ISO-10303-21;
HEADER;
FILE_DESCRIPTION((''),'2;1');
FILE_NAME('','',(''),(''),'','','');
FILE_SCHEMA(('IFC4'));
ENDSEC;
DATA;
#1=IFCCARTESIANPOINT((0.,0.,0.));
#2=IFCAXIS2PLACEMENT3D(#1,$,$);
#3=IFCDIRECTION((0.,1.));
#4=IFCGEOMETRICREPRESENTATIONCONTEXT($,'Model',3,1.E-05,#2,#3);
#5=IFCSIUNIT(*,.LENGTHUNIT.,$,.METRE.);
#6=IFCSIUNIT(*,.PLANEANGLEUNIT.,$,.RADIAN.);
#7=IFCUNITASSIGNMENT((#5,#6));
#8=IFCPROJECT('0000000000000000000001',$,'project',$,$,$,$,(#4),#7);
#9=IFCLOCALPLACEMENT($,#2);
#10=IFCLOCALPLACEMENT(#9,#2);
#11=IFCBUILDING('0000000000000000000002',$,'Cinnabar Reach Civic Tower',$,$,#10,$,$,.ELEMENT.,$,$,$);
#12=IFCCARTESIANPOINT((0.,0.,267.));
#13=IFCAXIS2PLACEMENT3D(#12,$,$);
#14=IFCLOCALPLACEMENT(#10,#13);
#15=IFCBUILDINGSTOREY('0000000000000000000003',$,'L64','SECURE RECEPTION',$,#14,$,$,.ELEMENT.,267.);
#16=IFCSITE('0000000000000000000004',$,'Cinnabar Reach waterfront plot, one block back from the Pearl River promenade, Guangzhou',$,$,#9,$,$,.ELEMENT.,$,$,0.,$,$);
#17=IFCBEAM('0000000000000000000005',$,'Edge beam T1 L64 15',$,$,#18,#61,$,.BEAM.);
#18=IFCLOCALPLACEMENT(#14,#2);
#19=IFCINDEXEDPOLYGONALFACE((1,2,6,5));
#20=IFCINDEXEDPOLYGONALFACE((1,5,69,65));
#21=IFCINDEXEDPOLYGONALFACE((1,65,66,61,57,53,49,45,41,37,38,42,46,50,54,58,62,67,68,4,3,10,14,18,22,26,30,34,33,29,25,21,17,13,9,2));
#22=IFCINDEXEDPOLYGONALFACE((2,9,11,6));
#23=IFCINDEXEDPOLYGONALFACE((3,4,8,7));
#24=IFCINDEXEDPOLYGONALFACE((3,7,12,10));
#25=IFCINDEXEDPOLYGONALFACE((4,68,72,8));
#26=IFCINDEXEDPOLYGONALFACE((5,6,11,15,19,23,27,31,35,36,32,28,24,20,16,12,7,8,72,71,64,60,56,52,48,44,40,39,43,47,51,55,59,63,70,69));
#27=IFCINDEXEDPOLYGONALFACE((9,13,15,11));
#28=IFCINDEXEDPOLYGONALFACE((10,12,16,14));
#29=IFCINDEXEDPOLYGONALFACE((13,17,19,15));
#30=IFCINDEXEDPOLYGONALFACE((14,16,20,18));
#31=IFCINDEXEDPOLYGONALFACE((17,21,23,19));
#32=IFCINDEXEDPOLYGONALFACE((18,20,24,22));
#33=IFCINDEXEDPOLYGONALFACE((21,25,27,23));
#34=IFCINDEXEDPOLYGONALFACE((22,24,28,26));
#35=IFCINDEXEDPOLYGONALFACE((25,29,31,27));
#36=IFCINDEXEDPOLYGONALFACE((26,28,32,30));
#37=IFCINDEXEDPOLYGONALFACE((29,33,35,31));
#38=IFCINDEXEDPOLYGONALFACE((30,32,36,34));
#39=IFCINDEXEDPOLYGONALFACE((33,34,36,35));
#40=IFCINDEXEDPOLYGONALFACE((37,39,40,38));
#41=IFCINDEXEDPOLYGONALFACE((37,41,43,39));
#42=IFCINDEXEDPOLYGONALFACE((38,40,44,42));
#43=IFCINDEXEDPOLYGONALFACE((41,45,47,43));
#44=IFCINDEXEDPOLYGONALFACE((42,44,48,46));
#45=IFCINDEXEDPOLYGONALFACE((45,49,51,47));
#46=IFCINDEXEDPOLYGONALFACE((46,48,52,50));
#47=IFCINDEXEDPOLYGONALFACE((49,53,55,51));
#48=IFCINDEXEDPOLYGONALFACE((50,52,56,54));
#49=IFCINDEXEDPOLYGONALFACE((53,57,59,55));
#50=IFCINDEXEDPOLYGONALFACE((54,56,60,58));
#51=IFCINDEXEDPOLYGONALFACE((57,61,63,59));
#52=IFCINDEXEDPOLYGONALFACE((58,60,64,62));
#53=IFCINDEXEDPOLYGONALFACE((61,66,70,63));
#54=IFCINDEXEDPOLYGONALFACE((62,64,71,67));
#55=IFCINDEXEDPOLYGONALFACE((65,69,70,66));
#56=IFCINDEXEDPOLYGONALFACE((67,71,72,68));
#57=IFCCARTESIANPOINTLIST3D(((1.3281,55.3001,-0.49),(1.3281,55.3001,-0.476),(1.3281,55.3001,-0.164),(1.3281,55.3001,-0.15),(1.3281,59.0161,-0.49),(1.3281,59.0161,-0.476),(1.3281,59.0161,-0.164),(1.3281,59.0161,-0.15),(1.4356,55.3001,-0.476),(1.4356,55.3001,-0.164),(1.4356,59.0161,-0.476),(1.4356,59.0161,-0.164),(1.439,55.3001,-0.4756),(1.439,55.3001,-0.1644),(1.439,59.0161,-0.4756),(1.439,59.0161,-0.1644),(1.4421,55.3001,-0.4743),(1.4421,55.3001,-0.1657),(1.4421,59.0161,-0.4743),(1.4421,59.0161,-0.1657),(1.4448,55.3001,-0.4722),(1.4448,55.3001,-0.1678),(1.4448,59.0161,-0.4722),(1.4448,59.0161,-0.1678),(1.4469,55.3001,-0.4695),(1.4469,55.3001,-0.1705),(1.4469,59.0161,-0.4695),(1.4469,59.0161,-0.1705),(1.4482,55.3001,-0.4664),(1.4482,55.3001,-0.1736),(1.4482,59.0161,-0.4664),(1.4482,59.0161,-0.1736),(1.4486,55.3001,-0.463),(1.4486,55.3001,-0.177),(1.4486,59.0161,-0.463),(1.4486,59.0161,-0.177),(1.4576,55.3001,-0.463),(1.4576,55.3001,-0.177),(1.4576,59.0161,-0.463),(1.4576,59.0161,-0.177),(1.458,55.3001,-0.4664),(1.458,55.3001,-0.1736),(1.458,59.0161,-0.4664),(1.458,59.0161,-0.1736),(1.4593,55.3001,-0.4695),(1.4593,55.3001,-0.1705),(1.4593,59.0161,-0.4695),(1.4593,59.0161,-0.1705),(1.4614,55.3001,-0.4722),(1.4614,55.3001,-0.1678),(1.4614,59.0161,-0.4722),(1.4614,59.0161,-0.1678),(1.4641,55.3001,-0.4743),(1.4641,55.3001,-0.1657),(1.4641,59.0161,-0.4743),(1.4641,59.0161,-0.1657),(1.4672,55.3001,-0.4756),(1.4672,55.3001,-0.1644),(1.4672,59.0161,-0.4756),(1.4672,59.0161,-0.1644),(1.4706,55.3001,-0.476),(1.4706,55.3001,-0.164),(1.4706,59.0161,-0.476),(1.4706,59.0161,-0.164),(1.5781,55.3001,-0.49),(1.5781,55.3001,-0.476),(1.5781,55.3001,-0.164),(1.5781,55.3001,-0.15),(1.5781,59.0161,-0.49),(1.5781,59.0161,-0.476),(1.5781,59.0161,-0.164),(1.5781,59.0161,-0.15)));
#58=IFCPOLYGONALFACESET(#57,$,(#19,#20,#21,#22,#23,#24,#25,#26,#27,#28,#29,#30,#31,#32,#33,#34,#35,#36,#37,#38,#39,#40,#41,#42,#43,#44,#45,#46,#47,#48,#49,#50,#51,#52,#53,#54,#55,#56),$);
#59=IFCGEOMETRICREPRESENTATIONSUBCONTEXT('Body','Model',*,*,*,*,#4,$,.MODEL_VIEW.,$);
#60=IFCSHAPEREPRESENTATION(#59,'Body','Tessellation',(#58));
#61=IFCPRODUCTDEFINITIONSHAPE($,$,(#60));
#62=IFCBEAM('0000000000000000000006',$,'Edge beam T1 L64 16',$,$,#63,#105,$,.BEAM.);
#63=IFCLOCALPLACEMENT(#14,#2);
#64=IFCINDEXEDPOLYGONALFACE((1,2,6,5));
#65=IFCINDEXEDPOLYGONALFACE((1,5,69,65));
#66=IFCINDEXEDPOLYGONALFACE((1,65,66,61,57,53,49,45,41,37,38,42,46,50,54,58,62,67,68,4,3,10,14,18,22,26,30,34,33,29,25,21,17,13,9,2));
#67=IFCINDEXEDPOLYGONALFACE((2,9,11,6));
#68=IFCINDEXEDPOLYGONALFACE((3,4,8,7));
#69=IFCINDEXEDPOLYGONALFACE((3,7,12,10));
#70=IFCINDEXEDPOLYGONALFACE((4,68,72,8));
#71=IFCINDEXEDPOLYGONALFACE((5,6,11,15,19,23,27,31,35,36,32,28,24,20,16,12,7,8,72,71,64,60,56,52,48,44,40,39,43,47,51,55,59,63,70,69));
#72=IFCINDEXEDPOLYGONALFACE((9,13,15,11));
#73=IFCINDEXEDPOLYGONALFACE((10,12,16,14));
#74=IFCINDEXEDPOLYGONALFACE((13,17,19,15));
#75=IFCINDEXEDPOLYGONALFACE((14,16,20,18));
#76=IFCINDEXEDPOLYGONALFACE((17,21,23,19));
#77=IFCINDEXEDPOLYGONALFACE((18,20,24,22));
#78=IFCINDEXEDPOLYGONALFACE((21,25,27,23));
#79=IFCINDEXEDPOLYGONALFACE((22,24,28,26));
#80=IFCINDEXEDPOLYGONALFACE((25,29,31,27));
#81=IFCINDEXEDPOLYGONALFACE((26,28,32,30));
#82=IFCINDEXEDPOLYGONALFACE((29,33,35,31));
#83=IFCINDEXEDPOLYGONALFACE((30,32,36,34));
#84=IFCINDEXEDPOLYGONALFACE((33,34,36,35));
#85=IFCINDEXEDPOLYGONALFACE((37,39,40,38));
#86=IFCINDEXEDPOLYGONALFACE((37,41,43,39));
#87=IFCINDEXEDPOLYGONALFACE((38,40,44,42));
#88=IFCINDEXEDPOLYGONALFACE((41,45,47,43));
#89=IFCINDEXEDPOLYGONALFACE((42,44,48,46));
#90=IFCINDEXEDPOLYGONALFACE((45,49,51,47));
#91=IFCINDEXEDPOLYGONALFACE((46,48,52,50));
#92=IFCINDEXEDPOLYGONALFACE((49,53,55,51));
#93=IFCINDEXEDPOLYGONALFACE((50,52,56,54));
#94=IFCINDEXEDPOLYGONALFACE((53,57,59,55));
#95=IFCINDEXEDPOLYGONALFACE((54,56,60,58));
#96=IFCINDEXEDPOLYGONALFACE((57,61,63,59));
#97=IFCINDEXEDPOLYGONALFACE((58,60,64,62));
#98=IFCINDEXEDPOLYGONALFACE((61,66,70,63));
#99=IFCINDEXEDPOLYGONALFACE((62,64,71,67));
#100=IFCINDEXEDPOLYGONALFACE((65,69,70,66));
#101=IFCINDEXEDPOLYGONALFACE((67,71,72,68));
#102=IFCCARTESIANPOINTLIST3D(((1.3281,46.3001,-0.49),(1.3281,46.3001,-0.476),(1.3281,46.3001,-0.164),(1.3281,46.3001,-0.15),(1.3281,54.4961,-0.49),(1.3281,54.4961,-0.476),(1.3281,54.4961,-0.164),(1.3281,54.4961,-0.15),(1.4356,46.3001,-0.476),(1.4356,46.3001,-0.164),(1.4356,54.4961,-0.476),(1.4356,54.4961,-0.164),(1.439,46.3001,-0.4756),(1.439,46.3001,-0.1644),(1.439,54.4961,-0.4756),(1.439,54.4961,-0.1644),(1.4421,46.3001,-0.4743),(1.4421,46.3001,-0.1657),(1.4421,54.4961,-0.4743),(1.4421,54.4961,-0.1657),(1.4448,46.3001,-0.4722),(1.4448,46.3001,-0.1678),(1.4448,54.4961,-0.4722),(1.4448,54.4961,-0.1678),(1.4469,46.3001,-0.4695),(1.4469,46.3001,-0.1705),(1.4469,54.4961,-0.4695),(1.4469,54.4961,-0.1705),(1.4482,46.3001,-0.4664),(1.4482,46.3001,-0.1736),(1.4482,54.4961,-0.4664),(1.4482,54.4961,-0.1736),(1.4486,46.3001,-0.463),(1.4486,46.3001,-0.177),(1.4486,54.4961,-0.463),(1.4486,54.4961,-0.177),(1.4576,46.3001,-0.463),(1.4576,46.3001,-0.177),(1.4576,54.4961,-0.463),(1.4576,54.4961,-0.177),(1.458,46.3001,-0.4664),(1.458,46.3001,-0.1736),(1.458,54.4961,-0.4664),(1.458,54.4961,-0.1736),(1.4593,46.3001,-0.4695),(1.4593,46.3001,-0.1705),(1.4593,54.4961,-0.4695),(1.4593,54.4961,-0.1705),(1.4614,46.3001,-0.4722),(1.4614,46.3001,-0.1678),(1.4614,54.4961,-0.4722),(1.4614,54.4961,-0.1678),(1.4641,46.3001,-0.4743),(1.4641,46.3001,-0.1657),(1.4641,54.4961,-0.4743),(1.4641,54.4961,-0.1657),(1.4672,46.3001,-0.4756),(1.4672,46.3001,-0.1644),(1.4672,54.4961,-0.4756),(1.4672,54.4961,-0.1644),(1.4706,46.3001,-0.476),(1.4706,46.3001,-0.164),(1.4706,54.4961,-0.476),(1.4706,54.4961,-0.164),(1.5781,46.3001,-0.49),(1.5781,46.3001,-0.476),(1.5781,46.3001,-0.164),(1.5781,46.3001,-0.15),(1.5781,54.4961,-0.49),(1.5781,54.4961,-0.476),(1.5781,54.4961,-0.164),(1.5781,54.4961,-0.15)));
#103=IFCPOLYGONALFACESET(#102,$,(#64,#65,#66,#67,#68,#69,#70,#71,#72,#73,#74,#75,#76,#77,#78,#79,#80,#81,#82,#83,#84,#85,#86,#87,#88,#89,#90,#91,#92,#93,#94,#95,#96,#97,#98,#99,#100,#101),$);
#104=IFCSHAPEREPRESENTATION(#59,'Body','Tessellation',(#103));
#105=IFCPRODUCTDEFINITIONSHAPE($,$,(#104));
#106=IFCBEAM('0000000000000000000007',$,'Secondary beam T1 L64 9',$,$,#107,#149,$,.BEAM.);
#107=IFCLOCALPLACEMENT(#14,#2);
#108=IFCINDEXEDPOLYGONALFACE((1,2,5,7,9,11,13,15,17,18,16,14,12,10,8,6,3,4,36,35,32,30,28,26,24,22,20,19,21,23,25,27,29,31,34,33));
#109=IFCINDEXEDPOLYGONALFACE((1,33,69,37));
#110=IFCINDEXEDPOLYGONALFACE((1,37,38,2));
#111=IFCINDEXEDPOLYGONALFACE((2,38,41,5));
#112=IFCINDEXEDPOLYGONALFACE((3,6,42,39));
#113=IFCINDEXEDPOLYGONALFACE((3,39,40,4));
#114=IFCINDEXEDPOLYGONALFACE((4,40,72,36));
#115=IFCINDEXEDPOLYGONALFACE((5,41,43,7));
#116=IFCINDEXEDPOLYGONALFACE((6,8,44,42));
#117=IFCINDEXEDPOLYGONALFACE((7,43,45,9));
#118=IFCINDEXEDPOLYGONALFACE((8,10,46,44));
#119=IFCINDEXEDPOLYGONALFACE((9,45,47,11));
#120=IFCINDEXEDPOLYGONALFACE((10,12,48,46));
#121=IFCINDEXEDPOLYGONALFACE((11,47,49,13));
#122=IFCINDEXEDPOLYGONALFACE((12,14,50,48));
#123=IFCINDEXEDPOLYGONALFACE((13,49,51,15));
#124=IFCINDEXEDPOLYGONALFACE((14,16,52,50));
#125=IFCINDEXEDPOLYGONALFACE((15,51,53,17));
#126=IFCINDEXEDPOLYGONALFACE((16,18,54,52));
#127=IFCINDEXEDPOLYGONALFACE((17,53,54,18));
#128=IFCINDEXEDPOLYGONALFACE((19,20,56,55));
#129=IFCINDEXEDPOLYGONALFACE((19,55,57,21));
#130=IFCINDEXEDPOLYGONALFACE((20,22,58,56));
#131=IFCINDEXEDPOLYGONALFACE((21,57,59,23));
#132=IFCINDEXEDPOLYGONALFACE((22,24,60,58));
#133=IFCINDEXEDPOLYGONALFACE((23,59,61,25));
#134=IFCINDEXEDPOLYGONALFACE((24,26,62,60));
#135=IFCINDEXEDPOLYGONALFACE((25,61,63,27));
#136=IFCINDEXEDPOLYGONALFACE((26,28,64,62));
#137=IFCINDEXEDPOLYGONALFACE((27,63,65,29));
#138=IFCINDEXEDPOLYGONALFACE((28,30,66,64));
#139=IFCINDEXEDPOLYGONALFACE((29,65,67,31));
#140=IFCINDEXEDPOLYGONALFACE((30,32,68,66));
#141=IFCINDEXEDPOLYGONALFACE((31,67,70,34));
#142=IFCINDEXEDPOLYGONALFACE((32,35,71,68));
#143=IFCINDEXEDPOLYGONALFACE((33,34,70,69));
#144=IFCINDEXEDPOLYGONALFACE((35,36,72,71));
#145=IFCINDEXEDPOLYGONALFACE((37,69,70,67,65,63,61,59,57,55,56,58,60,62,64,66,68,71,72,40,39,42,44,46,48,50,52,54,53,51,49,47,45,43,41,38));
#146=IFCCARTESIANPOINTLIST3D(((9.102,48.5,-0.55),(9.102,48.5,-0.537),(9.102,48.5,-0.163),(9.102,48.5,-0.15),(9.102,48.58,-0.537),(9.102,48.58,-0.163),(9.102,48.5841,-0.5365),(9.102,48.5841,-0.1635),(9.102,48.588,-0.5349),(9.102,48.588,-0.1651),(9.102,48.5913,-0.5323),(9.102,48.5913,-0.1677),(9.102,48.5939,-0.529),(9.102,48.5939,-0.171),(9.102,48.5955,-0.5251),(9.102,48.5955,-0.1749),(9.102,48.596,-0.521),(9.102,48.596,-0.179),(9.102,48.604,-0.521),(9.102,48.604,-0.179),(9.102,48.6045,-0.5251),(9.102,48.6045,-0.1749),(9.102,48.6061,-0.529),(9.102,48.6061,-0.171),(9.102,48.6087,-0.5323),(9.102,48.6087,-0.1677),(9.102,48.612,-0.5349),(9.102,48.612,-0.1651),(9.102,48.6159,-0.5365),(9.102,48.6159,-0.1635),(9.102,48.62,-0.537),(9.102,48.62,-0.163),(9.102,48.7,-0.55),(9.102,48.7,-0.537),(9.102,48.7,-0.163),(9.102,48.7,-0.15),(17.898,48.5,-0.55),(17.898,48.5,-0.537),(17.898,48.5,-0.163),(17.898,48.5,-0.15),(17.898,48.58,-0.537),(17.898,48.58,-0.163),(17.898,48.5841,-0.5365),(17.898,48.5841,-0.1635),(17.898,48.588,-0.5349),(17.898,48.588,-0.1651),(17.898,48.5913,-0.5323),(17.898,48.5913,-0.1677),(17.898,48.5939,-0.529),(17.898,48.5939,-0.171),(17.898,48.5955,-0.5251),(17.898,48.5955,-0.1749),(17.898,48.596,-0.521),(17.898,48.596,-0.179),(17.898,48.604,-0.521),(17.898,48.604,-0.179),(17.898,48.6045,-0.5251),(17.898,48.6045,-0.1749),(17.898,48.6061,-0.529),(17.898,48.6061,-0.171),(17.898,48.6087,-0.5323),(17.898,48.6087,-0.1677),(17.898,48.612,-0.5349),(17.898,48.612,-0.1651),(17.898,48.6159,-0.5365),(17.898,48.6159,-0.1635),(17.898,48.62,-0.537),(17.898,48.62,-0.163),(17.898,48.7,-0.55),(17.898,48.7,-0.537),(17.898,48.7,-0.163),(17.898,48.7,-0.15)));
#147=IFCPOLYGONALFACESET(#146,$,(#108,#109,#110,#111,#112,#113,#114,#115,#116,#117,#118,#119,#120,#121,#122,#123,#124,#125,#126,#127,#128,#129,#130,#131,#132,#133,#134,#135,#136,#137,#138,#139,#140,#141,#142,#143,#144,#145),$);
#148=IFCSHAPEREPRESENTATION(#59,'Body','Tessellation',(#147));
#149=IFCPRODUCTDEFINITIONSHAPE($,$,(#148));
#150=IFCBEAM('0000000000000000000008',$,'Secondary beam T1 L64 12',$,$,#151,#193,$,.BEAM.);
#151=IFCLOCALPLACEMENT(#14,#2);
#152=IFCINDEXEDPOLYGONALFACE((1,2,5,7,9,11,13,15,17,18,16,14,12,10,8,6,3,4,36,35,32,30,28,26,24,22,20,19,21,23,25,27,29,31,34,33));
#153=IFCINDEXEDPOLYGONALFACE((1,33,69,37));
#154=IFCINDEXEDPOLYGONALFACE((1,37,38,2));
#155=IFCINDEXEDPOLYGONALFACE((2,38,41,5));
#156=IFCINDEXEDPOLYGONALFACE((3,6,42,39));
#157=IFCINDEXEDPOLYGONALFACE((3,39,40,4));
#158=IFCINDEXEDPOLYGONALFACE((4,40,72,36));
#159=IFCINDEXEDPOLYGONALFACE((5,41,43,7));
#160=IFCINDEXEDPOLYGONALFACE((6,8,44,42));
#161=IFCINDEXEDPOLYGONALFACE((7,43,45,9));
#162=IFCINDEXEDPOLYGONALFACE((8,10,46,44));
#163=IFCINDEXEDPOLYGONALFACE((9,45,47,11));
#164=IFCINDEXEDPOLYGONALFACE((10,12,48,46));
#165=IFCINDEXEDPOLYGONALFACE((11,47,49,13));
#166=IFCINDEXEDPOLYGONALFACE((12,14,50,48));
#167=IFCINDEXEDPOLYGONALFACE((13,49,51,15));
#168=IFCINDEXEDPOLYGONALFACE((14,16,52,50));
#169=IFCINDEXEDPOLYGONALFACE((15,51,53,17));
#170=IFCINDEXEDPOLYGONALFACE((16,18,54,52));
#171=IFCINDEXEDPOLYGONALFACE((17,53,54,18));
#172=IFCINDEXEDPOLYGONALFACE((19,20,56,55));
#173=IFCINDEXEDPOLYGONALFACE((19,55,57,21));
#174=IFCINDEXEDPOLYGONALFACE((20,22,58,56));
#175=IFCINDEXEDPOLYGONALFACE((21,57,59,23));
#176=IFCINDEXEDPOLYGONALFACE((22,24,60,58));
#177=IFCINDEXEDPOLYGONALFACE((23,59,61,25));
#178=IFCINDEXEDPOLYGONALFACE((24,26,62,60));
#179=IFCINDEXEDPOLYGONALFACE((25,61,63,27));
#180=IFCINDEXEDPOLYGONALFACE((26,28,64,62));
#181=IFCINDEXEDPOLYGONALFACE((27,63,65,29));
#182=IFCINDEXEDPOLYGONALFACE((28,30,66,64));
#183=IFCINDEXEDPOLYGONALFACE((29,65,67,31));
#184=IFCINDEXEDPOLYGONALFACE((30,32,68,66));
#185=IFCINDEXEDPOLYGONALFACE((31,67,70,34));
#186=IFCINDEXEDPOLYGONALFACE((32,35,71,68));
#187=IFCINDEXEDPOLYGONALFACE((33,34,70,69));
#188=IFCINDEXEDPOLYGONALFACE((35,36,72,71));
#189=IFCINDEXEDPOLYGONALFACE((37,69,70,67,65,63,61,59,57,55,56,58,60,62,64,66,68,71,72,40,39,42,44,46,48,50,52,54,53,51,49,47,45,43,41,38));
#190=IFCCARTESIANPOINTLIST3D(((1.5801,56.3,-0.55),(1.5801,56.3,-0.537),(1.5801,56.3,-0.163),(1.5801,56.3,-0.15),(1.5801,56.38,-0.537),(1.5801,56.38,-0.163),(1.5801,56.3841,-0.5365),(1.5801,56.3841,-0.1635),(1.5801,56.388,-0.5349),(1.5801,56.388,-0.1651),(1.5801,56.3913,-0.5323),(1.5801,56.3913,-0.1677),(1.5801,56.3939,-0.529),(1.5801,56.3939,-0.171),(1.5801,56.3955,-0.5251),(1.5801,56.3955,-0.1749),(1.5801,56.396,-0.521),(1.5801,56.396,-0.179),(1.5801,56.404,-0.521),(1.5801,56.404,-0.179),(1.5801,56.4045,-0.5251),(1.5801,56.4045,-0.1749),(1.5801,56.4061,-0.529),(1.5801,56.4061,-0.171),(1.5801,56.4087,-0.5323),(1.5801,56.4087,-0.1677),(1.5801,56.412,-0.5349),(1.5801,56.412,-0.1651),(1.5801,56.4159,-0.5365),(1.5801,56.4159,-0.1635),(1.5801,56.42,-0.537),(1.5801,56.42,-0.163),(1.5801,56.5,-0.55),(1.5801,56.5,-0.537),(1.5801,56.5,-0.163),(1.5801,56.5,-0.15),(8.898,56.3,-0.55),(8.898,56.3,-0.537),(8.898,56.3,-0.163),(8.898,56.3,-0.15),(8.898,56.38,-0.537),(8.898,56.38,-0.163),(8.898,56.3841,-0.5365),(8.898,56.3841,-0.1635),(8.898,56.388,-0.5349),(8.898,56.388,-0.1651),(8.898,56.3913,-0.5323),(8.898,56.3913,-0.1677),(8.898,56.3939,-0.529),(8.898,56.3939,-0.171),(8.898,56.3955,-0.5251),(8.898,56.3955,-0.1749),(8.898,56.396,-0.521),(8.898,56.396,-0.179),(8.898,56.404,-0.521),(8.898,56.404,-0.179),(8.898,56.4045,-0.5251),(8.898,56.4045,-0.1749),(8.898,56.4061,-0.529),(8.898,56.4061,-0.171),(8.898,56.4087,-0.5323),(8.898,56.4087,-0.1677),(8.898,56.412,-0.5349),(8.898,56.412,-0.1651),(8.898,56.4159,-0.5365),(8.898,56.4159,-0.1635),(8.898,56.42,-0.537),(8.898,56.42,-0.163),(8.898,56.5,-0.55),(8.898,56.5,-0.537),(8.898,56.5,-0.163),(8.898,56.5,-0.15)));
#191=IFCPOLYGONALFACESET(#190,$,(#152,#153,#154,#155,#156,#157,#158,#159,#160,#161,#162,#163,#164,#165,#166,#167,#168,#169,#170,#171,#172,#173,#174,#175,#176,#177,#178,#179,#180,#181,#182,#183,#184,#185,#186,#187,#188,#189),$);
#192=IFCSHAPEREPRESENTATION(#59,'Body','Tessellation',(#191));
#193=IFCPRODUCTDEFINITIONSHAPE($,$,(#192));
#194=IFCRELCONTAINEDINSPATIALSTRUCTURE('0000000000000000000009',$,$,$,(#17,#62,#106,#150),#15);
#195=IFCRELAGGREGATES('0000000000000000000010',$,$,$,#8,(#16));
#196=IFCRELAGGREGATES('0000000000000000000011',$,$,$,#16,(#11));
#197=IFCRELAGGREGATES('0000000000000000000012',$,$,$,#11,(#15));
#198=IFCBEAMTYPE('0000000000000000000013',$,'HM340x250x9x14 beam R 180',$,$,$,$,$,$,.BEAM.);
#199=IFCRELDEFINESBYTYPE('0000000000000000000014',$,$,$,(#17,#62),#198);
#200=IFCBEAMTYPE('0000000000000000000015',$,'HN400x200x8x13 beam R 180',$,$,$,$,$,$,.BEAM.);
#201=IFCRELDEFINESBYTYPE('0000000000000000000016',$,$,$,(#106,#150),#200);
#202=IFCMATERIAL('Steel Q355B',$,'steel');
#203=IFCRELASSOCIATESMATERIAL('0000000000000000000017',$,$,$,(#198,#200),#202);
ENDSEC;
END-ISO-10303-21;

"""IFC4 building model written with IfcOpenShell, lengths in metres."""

from ifc_helpers import new_model, si_unit, direction, frame, origin, origin_2d, place, context, subcontext, project, spatial, i_section, extrude, material, material_profile, profile_set, type_object, element, save


model = new_model("IFC4")

# Units and contexts
model_context = context("Model", 3, precision=1e-05, world=origin(), true_north=direction((0.0, 1.0)))
body_context = subcontext(model_context, "Body", "Model", "MODEL_VIEW")
ifc_project = project(units=[si_unit("LENGTHUNIT", "METRE"), si_unit("PLANEANGLEUNIT", "RADIAN")], contexts=[model_context])

# Site, building, storey
site_placement = place(None, origin())
site = spatial("IfcSite", under=ifc_project, at=site_placement, Name="Cinnabar Reach waterfront plot, one block back from the Pearl River promenade, Guangzhou", CompositionType="ELEMENT", RefElevation=0.0)
building_placement = place(site_placement, origin())
building = spatial("IfcBuilding", under=site, at=building_placement, Name="Cinnabar Reach Civic Tower", CompositionType="ELEMENT")
storey_placement = place(building_placement, frame((0.0, 0.0, 267.0)))
storey = spatial("IfcBuildingStorey", under=building, at=storey_placement, Name="L64", Description="SECURE RECEPTION", CompositionType="ELEMENT", Elevation=267.0)

# Beams
ifc_material_1 = material(Name="Steel Q355B", Category="steel")
ifc_material_profile_1 = material_profile(ifc_material_1, i_section(OverallWidth=0.25, OverallDepth=0.34, WebThickness=0.009, FlangeThickness=0.014, FilletRadius=0.013, at=origin_2d()), Name="HM340x250x9x14")
ifc_profile_set_1 = profile_set([ifc_material_profile_1], Name="Steel Q355B")
beam_type_1 = type_object("IfcBeamType", Name="HM340x250x9x14 beam R 180", PredefinedType="BEAM", material=ifc_profile_set_1)
beam_1_placement = place(storey_placement, frame((1.4531, 59.0161, -0.32), z_axis=(0.0, -1.0, 0.0), x_axis=(1.0, 0.0, 0.0)))
element("IfcBeam", 1, at=beam_1_placement, inside=storey, type_object=beam_type_1, Name="Edge beam T1 L64 15", PredefinedType="BEAM", context=body_context, shape_type="SweptSolid", body=[
    extrude(i_section(OverallWidth=0.25, OverallDepth=0.34, WebThickness=0.009, FlangeThickness=0.014, FilletRadius=0.013, at=origin_2d()), origin(), (0.0, 0.0, 1.0), 3.716),
])
beam_2_placement = place(storey_placement, frame((1.4531, 54.4961, -0.32), z_axis=(0.0, -1.0, 0.0), x_axis=(1.0, 0.0, 0.0)))
element("IfcBeam", 2, at=beam_2_placement, inside=storey, type_object=beam_type_1, Name="Edge beam T1 L64 16", PredefinedType="BEAM", context=body_context, shape_type="SweptSolid", body=[
    extrude(i_section(OverallWidth=0.25, OverallDepth=0.34, WebThickness=0.009, FlangeThickness=0.014, FilletRadius=0.013, at=origin_2d()), origin(), (0.0, 0.0, 1.0), 8.196),
])
ifc_material_profile_2 = material_profile(ifc_material_1, i_section(OverallWidth=0.2, OverallDepth=0.4, WebThickness=0.008, FlangeThickness=0.013, FilletRadius=0.016, at=origin_2d()), Name="HN400x200x8x13")
ifc_profile_set_2 = profile_set([ifc_material_profile_2], Name="Steel Q355B")
beam_type_2 = type_object("IfcBeamType", Name="HN400x200x8x13 beam R 180", PredefinedType="BEAM", material=ifc_profile_set_2)
beam_3_placement = place(storey_placement, frame((9.102, 48.6, -0.35), z_axis=(1.0, 0.0, 0.0), x_axis=(0.0, 1.0, 0.0)))
element("IfcBeam", 3, at=beam_3_placement, inside=storey, type_object=beam_type_2, Name="Secondary beam T1 L64 9", PredefinedType="BEAM", context=body_context, shape_type="SweptSolid", body=[
    extrude(i_section(OverallWidth=0.2, OverallDepth=0.4, WebThickness=0.008, FlangeThickness=0.013, FilletRadius=0.016, at=origin_2d()), origin(), (0.0, 0.0, 1.0), 8.796),
])
beam_4_placement = place(storey_placement, frame((1.5801, 56.4, -0.35), z_axis=(1.0, 0.0, 0.0), x_axis=(0.0, 1.0, 0.0)))
element("IfcBeam", 4, at=beam_4_placement, inside=storey, type_object=beam_type_2, Name="Secondary beam T1 L64 12", PredefinedType="BEAM", context=body_context, shape_type="SweptSolid", body=[
    extrude(i_section(OverallWidth=0.2, OverallDepth=0.4, WebThickness=0.008, FlangeThickness=0.013, FilletRadius=0.016, at=origin_2d()), origin(), (0.0, 0.0, 1.0), 7.3179),
])

save(model, "model.ifc")
